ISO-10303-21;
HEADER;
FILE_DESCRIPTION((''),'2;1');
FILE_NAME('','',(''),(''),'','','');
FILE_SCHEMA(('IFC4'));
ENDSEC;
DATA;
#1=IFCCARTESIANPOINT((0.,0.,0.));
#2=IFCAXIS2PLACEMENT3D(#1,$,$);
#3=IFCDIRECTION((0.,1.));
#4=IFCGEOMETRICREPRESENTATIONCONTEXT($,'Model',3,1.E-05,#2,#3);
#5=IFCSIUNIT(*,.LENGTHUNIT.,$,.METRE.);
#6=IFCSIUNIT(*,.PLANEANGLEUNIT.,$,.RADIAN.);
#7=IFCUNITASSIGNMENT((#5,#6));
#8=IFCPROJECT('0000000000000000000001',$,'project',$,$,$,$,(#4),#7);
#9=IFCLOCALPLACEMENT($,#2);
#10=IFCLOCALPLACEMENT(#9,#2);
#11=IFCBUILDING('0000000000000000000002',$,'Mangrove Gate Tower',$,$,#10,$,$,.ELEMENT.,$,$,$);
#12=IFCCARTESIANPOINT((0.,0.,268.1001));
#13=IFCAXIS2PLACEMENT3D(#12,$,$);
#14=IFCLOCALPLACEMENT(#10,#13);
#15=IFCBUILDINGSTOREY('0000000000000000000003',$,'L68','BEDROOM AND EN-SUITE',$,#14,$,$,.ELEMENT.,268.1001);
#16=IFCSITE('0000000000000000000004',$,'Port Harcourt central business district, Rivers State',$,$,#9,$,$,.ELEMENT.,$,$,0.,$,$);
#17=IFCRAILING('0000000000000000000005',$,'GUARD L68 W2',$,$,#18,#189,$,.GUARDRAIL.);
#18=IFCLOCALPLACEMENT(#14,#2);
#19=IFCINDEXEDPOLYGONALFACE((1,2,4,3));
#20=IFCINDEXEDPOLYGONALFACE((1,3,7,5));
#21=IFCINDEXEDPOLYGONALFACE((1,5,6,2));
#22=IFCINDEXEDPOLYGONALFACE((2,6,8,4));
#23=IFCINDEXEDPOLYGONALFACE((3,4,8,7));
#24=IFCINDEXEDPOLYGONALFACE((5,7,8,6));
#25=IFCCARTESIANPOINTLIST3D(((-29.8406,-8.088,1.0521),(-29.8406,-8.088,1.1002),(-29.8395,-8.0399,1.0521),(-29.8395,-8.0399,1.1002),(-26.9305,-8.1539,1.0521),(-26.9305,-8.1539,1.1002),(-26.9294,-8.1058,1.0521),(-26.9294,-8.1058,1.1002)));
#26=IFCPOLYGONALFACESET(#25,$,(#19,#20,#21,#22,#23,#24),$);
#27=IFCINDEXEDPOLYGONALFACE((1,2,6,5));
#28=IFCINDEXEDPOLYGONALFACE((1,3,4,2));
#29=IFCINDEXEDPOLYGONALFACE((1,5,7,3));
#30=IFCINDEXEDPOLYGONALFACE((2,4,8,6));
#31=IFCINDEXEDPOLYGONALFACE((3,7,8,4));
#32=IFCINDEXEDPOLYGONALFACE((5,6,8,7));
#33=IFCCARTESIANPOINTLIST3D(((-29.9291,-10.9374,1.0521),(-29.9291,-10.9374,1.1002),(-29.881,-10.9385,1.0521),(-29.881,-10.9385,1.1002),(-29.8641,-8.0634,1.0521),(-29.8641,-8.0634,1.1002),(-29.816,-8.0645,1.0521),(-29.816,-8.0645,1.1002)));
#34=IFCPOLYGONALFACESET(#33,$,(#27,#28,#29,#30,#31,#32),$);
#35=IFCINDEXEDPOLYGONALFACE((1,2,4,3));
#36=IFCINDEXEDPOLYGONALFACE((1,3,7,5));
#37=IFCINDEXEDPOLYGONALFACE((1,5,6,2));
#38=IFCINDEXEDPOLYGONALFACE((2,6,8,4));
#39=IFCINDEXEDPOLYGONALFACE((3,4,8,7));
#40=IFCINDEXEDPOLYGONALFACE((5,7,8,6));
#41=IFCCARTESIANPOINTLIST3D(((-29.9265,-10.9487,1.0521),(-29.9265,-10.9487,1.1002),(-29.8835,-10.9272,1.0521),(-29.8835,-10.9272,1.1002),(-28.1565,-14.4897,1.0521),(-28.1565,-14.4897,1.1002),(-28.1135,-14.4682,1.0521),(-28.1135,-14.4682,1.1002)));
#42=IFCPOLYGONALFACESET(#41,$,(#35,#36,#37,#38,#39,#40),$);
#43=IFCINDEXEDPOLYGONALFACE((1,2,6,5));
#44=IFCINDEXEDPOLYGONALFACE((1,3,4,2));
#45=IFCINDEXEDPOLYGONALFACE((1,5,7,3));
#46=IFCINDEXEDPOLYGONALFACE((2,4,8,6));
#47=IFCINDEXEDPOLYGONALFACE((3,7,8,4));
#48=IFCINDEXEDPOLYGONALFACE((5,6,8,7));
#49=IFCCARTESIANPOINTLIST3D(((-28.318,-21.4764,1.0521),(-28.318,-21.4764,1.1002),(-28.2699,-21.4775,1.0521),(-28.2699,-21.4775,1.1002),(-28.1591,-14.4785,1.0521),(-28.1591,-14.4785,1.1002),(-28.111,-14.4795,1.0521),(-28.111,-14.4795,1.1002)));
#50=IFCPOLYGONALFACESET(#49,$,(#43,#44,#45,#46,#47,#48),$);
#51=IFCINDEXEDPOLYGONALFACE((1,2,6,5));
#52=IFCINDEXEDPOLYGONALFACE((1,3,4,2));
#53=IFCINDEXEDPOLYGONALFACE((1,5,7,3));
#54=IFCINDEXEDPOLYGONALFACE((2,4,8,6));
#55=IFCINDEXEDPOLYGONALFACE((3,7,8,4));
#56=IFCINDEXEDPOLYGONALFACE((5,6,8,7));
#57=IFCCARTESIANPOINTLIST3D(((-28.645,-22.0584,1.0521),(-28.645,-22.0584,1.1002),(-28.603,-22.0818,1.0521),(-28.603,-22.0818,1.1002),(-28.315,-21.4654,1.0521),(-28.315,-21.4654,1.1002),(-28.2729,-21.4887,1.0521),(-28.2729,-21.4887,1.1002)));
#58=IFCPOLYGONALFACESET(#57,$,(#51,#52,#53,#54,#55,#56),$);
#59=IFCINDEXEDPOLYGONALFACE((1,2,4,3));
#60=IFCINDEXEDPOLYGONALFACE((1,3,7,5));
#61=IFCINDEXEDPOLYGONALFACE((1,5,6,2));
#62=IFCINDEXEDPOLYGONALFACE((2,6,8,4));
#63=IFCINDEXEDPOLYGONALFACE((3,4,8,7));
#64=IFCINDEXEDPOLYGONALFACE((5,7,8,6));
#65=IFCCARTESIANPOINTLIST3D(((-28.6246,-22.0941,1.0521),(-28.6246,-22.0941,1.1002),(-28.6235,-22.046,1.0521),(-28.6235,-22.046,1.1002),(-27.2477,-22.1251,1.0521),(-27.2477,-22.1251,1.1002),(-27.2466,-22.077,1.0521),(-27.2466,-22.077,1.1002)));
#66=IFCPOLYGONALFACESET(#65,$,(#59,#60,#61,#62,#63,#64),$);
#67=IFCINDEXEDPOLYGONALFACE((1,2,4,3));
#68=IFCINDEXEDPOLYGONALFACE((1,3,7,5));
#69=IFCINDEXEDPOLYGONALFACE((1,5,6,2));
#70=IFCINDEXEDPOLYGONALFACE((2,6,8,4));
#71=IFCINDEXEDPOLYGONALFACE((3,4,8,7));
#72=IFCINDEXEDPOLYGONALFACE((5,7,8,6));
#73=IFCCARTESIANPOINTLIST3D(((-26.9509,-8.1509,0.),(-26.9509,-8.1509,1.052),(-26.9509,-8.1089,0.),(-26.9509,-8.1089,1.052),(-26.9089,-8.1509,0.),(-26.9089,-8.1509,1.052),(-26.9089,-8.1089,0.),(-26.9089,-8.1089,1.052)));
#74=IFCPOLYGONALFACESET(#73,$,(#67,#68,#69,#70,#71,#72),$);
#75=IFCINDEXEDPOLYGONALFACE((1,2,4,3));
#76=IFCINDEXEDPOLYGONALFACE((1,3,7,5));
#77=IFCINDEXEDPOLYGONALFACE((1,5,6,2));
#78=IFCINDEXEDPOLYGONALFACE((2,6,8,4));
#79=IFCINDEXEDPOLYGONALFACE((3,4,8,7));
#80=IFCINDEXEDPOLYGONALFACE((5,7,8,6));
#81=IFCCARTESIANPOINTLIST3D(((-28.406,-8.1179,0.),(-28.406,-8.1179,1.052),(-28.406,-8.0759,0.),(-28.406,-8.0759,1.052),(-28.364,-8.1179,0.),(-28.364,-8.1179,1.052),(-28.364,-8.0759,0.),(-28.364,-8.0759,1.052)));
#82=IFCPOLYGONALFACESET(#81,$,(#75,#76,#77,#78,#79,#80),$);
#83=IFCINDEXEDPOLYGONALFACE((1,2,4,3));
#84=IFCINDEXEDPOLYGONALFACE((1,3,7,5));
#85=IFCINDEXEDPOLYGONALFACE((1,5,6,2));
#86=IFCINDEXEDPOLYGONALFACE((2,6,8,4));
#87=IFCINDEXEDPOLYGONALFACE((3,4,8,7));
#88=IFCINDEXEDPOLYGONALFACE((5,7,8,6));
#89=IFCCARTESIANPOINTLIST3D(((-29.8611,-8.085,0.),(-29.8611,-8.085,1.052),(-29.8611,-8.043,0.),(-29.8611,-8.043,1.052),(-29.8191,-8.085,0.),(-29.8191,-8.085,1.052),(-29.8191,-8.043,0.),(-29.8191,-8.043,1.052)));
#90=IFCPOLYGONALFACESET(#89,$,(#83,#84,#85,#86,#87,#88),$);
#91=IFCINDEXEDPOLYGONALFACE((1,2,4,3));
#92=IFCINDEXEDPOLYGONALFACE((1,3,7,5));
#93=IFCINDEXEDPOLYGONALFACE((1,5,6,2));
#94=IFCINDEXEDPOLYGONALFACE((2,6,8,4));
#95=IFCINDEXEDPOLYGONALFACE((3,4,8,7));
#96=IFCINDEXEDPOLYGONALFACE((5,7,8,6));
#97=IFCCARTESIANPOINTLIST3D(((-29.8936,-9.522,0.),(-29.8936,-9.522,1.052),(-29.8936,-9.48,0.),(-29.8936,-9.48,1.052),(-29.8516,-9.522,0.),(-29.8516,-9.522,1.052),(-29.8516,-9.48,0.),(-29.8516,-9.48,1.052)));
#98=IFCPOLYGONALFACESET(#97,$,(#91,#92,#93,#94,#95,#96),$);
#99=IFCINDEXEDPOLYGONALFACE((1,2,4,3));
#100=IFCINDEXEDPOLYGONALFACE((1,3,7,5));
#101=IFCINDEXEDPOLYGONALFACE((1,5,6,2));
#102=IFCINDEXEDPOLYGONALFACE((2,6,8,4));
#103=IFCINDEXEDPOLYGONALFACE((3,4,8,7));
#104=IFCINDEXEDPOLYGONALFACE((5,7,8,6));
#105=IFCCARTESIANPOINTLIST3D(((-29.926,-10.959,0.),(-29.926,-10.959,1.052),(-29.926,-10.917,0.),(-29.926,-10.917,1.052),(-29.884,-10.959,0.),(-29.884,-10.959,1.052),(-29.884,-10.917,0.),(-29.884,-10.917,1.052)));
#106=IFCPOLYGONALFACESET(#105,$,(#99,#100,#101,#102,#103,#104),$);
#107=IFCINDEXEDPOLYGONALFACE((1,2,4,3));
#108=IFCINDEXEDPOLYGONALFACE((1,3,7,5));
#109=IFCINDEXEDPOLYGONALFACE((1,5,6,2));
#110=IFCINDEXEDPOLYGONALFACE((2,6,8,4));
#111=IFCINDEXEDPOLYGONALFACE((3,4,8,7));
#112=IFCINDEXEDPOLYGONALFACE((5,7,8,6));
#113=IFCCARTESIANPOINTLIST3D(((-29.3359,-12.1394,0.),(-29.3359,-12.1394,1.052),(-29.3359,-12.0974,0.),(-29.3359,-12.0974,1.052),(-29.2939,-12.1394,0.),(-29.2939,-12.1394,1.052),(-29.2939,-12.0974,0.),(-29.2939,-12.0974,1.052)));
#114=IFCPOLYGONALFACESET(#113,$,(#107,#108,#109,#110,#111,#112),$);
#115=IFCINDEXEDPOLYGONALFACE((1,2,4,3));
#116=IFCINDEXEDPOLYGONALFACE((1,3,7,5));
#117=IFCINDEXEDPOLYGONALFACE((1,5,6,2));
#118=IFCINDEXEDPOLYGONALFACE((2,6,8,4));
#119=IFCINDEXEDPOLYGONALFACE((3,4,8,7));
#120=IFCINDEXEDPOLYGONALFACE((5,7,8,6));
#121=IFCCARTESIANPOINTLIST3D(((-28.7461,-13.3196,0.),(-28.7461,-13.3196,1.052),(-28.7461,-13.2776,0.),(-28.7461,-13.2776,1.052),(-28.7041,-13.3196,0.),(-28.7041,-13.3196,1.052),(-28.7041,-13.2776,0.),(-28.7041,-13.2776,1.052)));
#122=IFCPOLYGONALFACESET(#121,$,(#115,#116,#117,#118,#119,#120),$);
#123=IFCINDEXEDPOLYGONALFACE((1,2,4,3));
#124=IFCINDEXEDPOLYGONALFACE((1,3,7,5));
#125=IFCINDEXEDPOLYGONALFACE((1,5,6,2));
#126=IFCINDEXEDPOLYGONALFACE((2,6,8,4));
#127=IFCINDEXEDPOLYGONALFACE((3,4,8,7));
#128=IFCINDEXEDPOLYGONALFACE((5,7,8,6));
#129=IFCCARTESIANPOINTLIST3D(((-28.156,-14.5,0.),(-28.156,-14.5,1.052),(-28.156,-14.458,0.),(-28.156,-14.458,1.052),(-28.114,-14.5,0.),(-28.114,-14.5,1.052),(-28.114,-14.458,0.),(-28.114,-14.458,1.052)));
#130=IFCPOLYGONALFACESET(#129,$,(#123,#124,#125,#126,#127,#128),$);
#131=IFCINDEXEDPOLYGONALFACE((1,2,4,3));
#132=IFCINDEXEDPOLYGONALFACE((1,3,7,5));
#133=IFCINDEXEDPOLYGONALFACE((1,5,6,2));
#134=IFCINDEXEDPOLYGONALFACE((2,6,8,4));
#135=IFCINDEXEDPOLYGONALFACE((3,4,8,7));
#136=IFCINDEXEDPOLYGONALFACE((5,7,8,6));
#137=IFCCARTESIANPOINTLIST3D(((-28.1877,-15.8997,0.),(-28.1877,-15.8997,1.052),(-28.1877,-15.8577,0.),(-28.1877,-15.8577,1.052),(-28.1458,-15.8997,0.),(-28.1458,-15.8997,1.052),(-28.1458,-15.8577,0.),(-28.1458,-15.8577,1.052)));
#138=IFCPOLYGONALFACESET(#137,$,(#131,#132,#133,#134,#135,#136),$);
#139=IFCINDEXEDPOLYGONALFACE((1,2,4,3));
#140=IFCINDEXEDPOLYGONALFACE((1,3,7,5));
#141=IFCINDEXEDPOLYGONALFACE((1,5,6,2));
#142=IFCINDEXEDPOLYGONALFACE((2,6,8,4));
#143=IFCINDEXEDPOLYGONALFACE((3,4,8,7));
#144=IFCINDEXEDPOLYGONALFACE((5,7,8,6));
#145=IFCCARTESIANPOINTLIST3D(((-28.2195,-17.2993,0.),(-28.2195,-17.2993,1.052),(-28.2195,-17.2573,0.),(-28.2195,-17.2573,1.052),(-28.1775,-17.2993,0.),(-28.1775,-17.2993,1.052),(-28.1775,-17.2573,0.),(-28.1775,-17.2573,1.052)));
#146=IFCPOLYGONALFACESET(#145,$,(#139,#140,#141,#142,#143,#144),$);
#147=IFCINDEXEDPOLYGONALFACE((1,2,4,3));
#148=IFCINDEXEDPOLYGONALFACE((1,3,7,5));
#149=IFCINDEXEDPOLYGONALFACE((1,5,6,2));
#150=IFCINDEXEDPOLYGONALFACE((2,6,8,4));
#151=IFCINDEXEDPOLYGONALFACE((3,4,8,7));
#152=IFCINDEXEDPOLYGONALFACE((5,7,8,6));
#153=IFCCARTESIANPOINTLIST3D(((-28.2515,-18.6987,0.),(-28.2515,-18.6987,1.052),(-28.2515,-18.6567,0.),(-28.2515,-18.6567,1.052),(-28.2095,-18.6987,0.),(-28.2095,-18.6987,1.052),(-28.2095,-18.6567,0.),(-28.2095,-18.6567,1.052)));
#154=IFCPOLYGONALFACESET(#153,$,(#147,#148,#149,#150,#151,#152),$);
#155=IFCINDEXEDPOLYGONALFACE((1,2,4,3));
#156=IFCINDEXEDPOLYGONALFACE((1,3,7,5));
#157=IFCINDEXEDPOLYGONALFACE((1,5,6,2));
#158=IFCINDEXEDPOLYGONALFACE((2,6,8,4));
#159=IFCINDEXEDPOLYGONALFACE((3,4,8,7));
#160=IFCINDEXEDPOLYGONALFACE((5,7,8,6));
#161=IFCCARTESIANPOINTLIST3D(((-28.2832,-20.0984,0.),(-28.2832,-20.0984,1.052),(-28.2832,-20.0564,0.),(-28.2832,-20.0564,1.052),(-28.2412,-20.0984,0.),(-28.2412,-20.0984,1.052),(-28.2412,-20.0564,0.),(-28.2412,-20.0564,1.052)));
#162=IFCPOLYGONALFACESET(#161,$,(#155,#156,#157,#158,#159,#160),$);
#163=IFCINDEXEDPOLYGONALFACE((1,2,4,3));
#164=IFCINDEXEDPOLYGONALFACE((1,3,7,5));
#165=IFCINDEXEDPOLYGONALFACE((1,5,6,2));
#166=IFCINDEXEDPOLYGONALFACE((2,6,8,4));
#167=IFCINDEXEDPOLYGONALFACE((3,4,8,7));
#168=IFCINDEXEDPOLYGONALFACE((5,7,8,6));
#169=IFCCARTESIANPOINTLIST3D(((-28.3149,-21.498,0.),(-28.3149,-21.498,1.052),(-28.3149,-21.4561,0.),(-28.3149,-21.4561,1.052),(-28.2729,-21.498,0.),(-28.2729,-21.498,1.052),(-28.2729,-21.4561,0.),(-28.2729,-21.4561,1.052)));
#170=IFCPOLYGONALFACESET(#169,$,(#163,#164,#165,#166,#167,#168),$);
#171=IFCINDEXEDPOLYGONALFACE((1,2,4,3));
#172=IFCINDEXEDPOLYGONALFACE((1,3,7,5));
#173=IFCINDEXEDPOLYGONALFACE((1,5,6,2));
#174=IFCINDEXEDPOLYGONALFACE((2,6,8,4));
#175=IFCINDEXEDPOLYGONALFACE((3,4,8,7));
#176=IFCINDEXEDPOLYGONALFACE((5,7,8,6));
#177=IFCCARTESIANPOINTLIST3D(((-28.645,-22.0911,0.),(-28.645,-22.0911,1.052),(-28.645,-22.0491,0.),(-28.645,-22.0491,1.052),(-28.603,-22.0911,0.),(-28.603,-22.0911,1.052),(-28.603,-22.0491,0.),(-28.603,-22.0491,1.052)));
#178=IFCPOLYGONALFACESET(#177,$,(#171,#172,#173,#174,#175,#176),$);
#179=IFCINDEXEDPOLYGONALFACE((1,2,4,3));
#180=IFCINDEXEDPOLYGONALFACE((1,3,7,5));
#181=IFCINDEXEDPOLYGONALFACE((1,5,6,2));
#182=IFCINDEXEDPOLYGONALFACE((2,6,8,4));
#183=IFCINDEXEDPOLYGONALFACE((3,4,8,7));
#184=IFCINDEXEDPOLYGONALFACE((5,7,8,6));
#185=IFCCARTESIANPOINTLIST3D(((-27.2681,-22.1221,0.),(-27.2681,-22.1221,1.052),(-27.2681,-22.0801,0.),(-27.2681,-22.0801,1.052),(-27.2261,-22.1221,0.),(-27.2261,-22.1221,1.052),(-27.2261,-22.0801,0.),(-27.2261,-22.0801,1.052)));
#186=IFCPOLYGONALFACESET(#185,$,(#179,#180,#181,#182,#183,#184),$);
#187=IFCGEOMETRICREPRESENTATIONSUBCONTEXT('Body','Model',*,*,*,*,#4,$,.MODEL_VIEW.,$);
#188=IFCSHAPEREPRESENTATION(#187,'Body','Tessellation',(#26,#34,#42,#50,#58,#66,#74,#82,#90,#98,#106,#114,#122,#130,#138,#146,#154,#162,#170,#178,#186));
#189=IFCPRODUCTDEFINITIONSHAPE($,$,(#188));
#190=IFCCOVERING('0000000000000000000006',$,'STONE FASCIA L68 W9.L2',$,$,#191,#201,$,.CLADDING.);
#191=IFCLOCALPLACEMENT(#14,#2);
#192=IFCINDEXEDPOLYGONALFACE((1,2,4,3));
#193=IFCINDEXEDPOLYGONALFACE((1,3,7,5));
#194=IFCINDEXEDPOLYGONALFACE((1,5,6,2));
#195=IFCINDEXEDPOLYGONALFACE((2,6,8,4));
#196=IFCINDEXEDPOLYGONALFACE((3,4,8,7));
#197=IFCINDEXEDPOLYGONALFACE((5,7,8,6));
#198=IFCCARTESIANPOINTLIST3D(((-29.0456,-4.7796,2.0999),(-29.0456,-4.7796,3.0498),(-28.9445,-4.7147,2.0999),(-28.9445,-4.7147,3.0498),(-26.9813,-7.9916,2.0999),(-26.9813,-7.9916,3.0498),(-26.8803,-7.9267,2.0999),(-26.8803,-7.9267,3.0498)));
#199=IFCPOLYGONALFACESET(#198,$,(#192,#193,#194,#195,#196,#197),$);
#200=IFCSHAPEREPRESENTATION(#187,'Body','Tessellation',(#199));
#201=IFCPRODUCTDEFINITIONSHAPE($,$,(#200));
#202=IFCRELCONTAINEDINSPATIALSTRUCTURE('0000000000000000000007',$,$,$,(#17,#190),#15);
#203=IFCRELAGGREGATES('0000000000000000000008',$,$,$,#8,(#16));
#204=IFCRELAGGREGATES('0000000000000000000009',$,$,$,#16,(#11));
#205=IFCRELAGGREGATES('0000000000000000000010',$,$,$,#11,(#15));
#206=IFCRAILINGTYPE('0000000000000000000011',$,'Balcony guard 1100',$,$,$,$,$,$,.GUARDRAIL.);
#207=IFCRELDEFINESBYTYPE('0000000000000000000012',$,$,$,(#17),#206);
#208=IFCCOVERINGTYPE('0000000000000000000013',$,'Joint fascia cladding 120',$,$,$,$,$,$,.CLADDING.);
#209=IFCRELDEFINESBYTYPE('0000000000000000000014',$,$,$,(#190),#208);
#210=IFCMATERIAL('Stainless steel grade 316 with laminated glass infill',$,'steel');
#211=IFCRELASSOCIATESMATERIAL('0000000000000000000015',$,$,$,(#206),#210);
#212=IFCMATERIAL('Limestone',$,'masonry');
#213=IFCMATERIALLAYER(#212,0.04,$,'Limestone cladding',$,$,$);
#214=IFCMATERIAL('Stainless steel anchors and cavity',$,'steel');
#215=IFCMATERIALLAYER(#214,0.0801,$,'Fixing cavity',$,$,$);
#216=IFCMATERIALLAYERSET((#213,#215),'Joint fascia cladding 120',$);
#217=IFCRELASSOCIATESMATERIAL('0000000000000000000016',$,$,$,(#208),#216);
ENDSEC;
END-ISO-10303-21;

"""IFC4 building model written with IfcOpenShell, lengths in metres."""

from ifc_helpers import new_model, si_unit, direction, frame, frame_2d, origin, origin_2d, place, context, subcontext, project, spatial, rectangle, extrude, material, layer, layer_set, type_object, element, save


model = new_model("IFC4")

# Units and contexts
model_context = context("Model", 3, precision=1e-05, world=origin(), true_north=direction((0.0, 1.0)))
body_context = subcontext(model_context, "Body", "Model", "MODEL_VIEW")
ifc_project = project(units=[si_unit("LENGTHUNIT", "METRE"), si_unit("PLANEANGLEUNIT", "RADIAN")], contexts=[model_context])

# Site, building, storey
site_placement = place(None, origin())
site = spatial("IfcSite", under=ifc_project, at=site_placement, Name="Port Harcourt central business district, Rivers State", CompositionType="ELEMENT", RefElevation=0.0)
building_placement = place(site_placement, origin())
building = spatial("IfcBuilding", under=site, at=building_placement, Name="Mangrove Gate Tower", CompositionType="ELEMENT")
storey_placement = place(building_placement, frame((0.0, 0.0, 268.1001)))
storey = spatial("IfcBuildingStorey", under=building, at=storey_placement, Name="L68", Description="BEDROOM AND EN-SUITE", CompositionType="ELEMENT", Elevation=268.1001)

# Shared definitions
ifc_material_1 = material(Name="Limestone", Category="masonry")

# Railing
ifc_material_2 = material(Name="Stainless steel grade 316 with laminated glass infill", Category="steel")
railing_type = type_object("IfcRailingType", Name="Balcony guard 1100", PredefinedType="GUARDRAIL", material=ifc_material_2)
railing_placement = place(storey_placement, frame((-26.9299, -8.1299, 0.0)))
element("IfcRailing", 1, at=railing_placement, inside=storey, type_object=railing_type, Name="GUARD L68 W2", PredefinedType="GUARDRAIL", context=body_context, shape_type="SweptSolid", body=[
    extrude(rectangle(XDim=0.0481, YDim=0.0481, at=origin_2d()), frame((0.0, 0.0, 1.0762), z_axis=(-0.999744, 0.022645, 0.0), x_axis=(-0.022645, -0.999744, 0.0)), (0.0, 0.0, 1.0), 2.9109),
    extrude(rectangle(XDim=0.0481, YDim=0.0481, at=origin_2d()), frame((-2.9102, 0.0659, 1.0762), z_axis=(-0.02259, -0.999745, 0.0), x_axis=(0.999745, -0.02259, 0.0)), (0.0, 0.0, 1.0), 2.8748),
    extrude(rectangle(XDim=0.0481, YDim=0.0481, at=origin_2d()), frame((-2.9751, -2.8081, 1.0762), z_axis=(0.447115, -0.894477, 0.0), x_axis=(0.894477, 0.447115, 0.0)), (0.0, 0.0, 1.0), 3.9587),
    extrude(rectangle(XDim=0.0481, YDim=0.0481, at=origin_2d()), frame((-1.2051, -6.3491, 1.0762), z_axis=(-0.022706, -0.999742, 0.0), x_axis=(0.999742, -0.022706, 0.0)), (0.0, 0.0, 1.0), 6.9998),
    extrude(rectangle(XDim=0.0481, YDim=0.0481, at=origin_2d()), frame((-1.364, -13.3472, 1.0762), z_axis=(-0.486345, -0.873767, 0.0), x_axis=(0.873767, -0.486345, 0.0)), (0.0, 0.0, 1.0), 0.6787),
    extrude(rectangle(XDim=0.0481, YDim=0.0481, at=origin_2d()), frame((-1.6941, -13.9402, 1.0762), z_axis=(0.999747, -0.022512, 0.0), x_axis=(0.022512, 0.999747, 0.0)), (0.0, 0.0, 1.0), 1.3772),
    extrude(rectangle(XDim=0.042, YDim=0.042, at=origin_2d()), origin(), (0.0, 0.0, 1.0), 1.052),
    extrude(rectangle(XDim=0.042, YDim=0.042, at=origin_2d()), frame((-1.4551, 0.033, 0.0)), (0.0, 0.0, 1.0), 1.052),
    extrude(rectangle(XDim=0.042, YDim=0.042, at=origin_2d()), frame((-2.9102, 0.0659, 0.0)), (0.0, 0.0, 1.0), 1.052),
    extrude(rectangle(XDim=0.042, YDim=0.042, at=origin_2d()), frame((-2.9426, -1.3711, 0.0)), (0.0, 0.0, 1.0), 1.052),
    extrude(rectangle(XDim=0.042, YDim=0.042, at=origin_2d()), frame((-2.9751, -2.8081, 0.0)), (0.0, 0.0, 1.0), 1.052),
    extrude(rectangle(XDim=0.042, YDim=0.042, at=origin_2d()), frame((-2.385, -3.9885, 0.0)), (0.0, 0.0, 1.0), 1.052),
    extrude(rectangle(XDim=0.042, YDim=0.042, at=origin_2d()), frame((-1.7952, -5.1687, 0.0)), (0.0, 0.0, 1.0), 1.052),
    extrude(rectangle(XDim=0.042, YDim=0.042, at=origin_2d()), frame((-1.2051, -6.3491, 0.0)), (0.0, 0.0, 1.0), 1.052),
    extrude(rectangle(XDim=0.042, YDim=0.042, at=origin_2d()), frame((-1.2368, -7.7488, 0.0)), (0.0, 0.0, 1.0), 1.052),
    extrude(rectangle(XDim=0.042, YDim=0.042, at=origin_2d()), frame((-1.2686, -9.1484, 0.0)), (0.0, 0.0, 1.0), 1.052),
    extrude(rectangle(XDim=0.042, YDim=0.042, at=origin_2d()), frame((-1.3005, -10.5479, 0.0)), (0.0, 0.0, 1.0), 1.052),
    extrude(rectangle(XDim=0.042, YDim=0.042, at=origin_2d()), frame((-1.3323, -11.9475, 0.0)), (0.0, 0.0, 1.0), 1.052),
    extrude(rectangle(XDim=0.042, YDim=0.042, at=origin_2d()), frame((-1.364, -13.3472, 0.0)), (0.0, 0.0, 1.0), 1.052),
    extrude(rectangle(XDim=0.042, YDim=0.042, at=origin_2d()), frame((-1.6941, -13.9402, 0.0)), (0.0, 0.0, 1.0), 1.052),
    extrude(rectangle(XDim=0.042, YDim=0.042, at=origin_2d()), frame((-0.3171, -13.9712, 0.0)), (0.0, 0.0, 1.0), 1.052),
])

# Covering
ifc_layer_1 = layer(ifc_material_1, 0.04, Name="Limestone cladding")
ifc_material_3 = material(Name="Stainless steel anchors and cavity", Category="steel")
ifc_layer_2 = layer(ifc_material_3, 0.0801, Name="Fixing cavity")
ifc_layer_set_1 = layer_set([ifc_layer_1, ifc_layer_2], Name="Joint fascia cladding 120")
covering_type = type_object("IfcCoveringType", Name="Joint fascia cladding 120", PredefinedType="CLADDING", material=ifc_layer_set_1)
covering_placement = place(storey_placement, frame((-28.9951, -4.7471, 2.0999), z_axis=(0.0, 0.0, 1.0), x_axis=(0.540648, -0.841249, 0.0)))
element("IfcCovering", 2, at=covering_placement, inside=storey, type_object=covering_type, Name="STONE FASCIA L68 W9.L2", PredefinedType="CLADDING", context=body_context, shape_type="SweptSolid", body=[
    extrude(rectangle(XDim=3.8181, YDim=0.1201, at=frame_2d((1.9092, 0.0))), origin(), (0.0, 0.0, 1.0), 0.95),
])

save(model, "model.ifc")
